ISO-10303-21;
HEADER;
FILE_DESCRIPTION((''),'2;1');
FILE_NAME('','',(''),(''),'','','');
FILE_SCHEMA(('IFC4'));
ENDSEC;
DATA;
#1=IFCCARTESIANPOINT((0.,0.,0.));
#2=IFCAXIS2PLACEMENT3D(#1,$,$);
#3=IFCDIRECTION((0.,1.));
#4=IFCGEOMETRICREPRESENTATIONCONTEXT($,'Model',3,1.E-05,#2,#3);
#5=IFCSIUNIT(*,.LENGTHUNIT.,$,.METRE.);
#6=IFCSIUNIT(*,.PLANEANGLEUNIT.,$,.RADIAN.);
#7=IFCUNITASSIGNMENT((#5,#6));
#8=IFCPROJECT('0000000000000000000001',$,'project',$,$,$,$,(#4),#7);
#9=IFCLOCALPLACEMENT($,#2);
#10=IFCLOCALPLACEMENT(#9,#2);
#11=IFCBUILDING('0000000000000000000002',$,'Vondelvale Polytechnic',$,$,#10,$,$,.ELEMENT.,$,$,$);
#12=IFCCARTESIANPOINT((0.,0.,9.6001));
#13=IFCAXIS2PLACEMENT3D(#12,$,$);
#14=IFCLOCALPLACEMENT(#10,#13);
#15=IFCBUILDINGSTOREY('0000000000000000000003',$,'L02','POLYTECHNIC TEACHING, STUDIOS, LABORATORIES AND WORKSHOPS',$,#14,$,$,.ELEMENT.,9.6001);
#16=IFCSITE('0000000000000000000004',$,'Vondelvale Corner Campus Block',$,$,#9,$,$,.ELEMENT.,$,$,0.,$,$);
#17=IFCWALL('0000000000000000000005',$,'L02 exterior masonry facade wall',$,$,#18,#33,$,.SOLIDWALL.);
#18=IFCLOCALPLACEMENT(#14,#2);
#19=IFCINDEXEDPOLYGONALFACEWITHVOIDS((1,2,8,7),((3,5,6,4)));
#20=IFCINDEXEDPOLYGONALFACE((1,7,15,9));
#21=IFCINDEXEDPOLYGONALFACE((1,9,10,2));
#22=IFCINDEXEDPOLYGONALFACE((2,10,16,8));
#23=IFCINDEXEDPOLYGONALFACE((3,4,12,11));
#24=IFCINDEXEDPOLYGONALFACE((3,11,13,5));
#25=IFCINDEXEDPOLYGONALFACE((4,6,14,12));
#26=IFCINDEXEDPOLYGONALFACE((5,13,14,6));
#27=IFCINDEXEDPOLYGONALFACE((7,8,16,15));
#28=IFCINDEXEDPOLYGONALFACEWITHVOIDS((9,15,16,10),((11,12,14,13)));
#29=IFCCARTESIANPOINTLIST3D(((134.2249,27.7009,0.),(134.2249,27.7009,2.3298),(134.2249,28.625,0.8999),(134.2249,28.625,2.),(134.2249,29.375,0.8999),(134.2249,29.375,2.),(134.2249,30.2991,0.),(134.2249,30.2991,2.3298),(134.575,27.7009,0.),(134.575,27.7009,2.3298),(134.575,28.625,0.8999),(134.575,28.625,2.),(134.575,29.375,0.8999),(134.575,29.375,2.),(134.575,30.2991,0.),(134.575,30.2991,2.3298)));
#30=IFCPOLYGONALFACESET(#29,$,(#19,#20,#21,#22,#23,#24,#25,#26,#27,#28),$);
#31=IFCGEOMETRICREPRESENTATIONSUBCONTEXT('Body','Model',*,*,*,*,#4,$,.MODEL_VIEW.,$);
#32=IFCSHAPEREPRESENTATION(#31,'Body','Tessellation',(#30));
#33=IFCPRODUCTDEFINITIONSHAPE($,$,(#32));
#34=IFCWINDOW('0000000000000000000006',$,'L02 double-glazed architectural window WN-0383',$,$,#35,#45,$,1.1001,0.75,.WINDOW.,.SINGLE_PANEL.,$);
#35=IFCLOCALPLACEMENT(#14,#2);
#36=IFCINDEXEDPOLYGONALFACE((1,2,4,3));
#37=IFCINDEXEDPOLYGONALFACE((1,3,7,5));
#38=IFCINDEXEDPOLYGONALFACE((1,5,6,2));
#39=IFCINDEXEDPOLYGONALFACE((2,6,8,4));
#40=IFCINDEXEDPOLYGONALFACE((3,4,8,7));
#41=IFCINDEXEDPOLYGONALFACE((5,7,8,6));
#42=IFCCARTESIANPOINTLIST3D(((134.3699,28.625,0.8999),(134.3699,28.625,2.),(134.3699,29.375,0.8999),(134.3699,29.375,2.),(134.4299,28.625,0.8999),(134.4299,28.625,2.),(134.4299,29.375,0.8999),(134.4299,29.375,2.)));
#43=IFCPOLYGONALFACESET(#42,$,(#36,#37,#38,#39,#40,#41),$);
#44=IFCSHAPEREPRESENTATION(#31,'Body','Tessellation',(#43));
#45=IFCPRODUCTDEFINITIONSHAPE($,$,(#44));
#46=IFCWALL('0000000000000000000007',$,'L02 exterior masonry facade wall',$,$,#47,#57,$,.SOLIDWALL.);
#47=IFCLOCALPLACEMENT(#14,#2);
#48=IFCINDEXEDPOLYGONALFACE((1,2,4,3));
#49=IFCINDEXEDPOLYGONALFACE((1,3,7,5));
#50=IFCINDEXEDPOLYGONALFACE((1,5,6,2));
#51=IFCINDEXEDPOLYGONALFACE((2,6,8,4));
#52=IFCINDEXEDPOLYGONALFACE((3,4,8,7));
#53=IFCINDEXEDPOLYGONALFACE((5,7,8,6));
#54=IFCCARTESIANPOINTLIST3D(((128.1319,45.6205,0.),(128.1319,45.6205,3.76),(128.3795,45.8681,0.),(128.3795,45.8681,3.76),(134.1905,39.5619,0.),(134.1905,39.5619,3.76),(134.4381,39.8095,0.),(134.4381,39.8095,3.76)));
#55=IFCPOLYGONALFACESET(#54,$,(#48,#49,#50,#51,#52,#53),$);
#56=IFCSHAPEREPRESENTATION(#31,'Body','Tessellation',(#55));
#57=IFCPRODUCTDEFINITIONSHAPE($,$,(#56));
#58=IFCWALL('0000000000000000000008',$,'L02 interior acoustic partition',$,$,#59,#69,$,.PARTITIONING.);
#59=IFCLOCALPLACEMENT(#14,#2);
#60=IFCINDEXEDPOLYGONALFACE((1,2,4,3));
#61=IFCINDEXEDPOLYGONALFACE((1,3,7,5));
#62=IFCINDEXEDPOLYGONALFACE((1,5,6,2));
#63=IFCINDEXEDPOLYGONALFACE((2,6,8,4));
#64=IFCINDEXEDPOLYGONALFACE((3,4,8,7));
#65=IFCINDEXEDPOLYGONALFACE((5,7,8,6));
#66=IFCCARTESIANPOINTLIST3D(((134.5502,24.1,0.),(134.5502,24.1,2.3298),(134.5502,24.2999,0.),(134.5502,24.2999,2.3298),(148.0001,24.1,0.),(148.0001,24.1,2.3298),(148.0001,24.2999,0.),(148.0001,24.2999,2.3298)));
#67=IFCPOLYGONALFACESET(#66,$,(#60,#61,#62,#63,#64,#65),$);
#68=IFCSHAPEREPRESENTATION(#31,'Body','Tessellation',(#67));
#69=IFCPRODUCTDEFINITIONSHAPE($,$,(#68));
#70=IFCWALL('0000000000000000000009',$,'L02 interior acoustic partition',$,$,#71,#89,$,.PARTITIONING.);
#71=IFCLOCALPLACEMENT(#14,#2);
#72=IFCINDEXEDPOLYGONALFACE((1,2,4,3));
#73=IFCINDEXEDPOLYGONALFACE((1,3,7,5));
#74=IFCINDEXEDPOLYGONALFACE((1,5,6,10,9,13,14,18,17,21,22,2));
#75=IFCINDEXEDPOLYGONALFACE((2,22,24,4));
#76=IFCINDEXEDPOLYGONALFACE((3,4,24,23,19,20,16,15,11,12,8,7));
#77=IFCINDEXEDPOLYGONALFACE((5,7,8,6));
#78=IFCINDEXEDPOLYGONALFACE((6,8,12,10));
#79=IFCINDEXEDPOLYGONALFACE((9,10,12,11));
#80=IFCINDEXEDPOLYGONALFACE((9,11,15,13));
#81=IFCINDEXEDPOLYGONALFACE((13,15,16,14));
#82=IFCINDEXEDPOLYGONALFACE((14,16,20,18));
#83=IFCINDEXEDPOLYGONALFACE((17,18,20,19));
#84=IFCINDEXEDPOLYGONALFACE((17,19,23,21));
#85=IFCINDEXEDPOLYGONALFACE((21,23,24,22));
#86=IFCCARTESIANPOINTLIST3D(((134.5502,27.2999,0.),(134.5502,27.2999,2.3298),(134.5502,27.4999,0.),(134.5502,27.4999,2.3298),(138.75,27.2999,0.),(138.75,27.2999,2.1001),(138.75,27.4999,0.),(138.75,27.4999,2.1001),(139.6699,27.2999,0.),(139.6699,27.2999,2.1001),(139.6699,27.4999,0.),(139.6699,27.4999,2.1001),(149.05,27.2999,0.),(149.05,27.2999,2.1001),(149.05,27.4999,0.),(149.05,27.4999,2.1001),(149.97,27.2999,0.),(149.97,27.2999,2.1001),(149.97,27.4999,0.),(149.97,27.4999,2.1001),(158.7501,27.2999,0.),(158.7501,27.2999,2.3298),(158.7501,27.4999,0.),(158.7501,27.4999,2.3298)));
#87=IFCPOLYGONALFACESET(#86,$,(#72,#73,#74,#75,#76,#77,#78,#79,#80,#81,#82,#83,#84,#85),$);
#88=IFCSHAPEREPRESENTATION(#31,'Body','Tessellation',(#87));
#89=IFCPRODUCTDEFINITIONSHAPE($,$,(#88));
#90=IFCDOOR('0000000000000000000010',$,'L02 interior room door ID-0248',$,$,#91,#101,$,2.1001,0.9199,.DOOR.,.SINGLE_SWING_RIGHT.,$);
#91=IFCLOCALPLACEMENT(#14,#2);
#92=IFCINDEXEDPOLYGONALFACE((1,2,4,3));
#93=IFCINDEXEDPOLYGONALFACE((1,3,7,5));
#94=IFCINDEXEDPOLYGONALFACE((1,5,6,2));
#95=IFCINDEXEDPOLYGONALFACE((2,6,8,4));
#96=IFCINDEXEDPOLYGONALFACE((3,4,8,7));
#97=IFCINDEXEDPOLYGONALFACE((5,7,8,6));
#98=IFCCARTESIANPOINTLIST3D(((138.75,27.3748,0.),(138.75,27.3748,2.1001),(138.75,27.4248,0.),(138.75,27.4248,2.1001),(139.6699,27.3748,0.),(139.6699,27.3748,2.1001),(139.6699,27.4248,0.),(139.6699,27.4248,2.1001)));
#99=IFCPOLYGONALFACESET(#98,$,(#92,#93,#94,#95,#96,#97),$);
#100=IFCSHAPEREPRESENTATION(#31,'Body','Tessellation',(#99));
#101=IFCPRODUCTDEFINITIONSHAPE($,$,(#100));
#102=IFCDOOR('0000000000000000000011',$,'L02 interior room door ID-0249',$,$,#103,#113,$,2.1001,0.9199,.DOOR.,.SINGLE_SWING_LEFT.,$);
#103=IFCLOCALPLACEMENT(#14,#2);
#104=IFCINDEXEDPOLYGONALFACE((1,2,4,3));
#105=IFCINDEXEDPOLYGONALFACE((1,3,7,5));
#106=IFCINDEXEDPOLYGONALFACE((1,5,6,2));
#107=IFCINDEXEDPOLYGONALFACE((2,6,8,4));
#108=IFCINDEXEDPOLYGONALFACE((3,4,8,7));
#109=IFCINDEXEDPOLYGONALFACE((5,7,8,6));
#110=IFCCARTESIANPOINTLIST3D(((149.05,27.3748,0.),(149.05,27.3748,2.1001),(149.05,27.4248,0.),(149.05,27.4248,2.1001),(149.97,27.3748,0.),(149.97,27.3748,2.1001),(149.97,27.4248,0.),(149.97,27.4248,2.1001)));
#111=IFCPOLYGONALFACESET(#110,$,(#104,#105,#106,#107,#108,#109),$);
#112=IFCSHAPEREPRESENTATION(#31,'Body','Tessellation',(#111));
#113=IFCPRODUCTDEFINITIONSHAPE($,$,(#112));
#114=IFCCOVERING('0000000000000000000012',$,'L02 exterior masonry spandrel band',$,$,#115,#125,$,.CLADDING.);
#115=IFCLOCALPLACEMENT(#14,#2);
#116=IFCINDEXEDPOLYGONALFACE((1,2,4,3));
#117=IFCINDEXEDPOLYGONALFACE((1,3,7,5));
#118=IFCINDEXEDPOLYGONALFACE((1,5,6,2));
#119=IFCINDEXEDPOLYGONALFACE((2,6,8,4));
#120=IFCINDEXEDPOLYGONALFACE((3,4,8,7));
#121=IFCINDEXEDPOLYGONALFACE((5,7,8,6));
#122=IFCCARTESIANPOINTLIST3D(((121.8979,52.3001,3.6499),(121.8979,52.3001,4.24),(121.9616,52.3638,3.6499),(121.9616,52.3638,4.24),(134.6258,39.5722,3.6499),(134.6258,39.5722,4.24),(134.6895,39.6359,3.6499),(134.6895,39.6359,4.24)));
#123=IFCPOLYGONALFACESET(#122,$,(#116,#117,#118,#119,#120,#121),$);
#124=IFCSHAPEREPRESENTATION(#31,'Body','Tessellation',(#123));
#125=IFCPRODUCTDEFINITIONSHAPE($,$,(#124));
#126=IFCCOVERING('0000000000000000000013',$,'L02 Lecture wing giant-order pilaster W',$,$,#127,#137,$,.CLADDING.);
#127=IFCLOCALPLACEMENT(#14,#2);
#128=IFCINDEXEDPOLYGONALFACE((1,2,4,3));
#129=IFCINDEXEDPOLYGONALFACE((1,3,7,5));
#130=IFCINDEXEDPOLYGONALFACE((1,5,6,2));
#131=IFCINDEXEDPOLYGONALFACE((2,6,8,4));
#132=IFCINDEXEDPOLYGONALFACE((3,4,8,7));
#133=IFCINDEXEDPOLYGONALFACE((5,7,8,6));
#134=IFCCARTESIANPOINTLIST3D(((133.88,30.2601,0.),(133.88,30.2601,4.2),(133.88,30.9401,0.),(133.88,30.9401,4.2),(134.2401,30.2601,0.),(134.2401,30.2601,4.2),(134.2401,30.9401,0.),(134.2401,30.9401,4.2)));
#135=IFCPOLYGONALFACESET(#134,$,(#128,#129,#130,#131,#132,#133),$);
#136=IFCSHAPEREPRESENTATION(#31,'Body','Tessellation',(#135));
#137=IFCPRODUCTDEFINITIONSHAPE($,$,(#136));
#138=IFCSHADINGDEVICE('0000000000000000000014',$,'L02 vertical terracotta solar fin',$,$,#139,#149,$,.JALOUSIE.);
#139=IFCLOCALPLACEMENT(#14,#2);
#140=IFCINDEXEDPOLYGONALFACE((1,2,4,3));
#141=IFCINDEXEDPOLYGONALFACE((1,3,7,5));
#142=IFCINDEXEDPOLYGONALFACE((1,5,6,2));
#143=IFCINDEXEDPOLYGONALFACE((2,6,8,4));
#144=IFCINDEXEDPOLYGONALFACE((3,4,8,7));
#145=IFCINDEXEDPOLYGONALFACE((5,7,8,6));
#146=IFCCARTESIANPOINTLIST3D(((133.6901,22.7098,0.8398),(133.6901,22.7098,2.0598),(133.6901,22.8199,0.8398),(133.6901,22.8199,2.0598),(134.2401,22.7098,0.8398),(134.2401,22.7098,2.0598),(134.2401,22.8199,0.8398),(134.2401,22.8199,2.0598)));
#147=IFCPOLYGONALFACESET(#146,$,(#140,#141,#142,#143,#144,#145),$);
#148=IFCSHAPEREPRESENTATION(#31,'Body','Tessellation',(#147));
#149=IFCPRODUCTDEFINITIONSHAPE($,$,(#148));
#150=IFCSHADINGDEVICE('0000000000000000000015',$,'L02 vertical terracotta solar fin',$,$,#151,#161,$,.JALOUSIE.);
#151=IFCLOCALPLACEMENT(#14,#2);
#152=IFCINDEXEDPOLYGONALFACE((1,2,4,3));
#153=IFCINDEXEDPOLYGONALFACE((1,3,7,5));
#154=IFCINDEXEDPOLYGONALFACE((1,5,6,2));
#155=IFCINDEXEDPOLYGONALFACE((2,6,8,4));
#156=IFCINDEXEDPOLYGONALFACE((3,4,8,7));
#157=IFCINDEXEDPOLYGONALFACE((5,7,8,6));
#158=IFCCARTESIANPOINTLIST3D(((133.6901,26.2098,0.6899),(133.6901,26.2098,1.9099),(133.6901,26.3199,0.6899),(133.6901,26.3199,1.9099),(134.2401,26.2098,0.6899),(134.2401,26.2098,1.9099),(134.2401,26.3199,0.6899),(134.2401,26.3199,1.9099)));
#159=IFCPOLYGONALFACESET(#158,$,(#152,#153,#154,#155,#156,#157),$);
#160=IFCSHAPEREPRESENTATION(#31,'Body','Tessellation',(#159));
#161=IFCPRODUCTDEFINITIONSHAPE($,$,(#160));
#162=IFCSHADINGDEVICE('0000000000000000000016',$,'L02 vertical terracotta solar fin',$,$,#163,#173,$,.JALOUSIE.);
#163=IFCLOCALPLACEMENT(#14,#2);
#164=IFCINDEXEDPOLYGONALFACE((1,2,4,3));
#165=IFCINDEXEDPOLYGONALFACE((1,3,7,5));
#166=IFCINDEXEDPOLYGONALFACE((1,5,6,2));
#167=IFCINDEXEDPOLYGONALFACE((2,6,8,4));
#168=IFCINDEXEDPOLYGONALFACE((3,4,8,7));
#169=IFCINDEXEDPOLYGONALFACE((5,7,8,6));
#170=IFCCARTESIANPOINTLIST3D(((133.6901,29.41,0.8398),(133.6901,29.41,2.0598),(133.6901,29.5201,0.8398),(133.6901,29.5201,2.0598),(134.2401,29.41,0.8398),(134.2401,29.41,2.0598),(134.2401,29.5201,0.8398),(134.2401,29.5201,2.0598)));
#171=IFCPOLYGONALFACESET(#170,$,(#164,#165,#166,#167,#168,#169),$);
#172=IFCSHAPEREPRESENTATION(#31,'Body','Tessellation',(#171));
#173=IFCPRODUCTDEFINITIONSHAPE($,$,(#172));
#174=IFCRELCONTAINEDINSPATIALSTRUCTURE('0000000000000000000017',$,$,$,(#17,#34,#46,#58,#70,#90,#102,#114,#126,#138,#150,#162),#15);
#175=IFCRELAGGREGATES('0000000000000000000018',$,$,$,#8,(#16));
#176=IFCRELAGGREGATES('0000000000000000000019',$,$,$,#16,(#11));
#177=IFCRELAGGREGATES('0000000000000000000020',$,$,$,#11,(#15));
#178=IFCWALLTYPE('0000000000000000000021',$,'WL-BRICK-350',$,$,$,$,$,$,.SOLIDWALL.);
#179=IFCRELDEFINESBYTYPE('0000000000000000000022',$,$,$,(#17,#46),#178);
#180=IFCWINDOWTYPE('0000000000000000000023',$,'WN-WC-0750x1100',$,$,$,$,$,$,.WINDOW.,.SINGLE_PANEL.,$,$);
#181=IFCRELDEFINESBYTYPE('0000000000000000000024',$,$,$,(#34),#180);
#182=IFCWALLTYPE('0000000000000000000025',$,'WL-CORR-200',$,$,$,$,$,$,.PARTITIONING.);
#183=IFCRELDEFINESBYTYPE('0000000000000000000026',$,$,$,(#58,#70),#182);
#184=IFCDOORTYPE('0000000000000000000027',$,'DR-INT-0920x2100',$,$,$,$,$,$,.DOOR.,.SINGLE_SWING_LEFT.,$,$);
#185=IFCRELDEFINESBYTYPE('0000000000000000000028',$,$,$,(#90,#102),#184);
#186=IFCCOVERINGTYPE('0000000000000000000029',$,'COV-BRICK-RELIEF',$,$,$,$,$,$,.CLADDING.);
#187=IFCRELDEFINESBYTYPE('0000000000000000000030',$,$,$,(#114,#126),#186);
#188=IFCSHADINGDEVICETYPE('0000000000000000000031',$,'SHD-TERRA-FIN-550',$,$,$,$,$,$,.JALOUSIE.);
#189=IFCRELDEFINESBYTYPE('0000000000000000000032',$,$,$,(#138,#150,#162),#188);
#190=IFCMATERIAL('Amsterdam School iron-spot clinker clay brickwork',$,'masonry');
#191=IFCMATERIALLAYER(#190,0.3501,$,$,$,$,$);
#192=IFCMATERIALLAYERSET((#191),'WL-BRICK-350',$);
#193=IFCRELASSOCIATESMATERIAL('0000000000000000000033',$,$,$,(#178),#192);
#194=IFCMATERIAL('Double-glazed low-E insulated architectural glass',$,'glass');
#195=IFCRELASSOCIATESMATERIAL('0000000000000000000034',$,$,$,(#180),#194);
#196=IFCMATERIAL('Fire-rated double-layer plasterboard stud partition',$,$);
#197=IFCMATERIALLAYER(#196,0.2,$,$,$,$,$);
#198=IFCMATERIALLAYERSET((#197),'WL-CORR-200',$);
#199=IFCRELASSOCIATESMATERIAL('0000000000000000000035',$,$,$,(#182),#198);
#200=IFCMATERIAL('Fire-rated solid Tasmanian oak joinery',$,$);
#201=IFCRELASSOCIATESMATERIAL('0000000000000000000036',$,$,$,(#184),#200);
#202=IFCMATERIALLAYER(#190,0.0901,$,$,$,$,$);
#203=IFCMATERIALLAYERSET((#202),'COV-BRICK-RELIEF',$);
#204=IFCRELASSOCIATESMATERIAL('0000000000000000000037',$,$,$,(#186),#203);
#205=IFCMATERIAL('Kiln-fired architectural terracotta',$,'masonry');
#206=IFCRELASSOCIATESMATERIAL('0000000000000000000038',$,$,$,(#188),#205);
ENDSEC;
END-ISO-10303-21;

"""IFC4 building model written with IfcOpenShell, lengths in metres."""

from ifc_helpers import new_model, si_unit, direction, frame, frame_2d, origin, origin_2d, place, context, subcontext, project, spatial, rectangle, extrude, material, layer, layer_set, type_object, element, fill, save


model = new_model("IFC4")

# Units and contexts
model_context = context("Model", 3, precision=1e-05, world=origin(), true_north=direction((0.0, 1.0)))
body_context = subcontext(model_context, "Body", "Model", "MODEL_VIEW")
ifc_project = project(units=[si_unit("LENGTHUNIT", "METRE"), si_unit("PLANEANGLEUNIT", "RADIAN")], contexts=[model_context])

# Site, building, storey
site_placement = place(None, origin())
site = spatial("IfcSite", under=ifc_project, at=site_placement, Name="Vondelvale Corner Campus Block", CompositionType="ELEMENT", RefElevation=0.0)
building_placement = place(site_placement, origin())
building = spatial("IfcBuilding", under=site, at=building_placement, Name="Vondelvale Polytechnic", CompositionType="ELEMENT")
storey_placement = place(building_placement, frame((0.0, 0.0, 9.6001)))
storey = spatial("IfcBuildingStorey", under=building, at=storey_placement, Name="L02", Description="POLYTECHNIC TEACHING, STUDIOS, LABORATORIES AND WORKSHOPS", CompositionType="ELEMENT", Elevation=9.6001)

# Wall, opening, window
ifc_material_1 = material(Name="Amsterdam School iron-spot clinker clay brickwork", Category="masonry")
ifc_layer_1 = layer(ifc_material_1, 0.3501)
ifc_layer_set_1 = layer_set([ifc_layer_1], Name="WL-BRICK-350")
wall_type_1 = type_object("IfcWallType", Name="WL-BRICK-350", PredefinedType="SOLIDWALL", material=ifc_layer_set_1)
ifc_material_2 = material(Name="Double-glazed low-E insulated architectural glass", Category="glass")
window_type = type_object("IfcWindowType", Name="WN-WC-0750x1100", PartitioningType="SINGLE_PANEL", PredefinedType="WINDOW", material=ifc_material_2)
wall_1_placement = place(storey_placement, frame((134.3999, 27.7009, 0.0), z_axis=(0.0, 0.0, 1.0), x_axis=(0.0, 1.0, 0.0)))
wall_1 = element("IfcWall", 1, at=wall_1_placement, inside=storey, type_object=wall_type_1, Name="L02 exterior masonry facade wall", PredefinedType="SOLIDWALL", context=body_context, shape_type="SweptSolid", body=[
    extrude(rectangle(XDim=2.5981, YDim=0.3501, at=frame_2d((1.2991, 0.0))), origin(), (0.0, 0.0, 1.0), 2.3298),
])
opening_1_placement = place(wall_1_placement, frame((0.9241, 0.0, 0.8999)))
opening_1 = element("IfcOpeningElement", 2, at=opening_1_placement, cuts=wall_1, PredefinedType="OPENING", context=body_context, shape_type="SweptSolid", body=[
    extrude(rectangle(XDim=0.75, YDim=1.1001, at=frame_2d((0.375, 0.55))), frame((0.0, 0.1851, 0.0), z_axis=(0.0, -1.0, 0.0), x_axis=(1.0, 0.0, 0.0)), (0.0, 0.0, 1.0), 0.3701),
])
window_1_placement = place(opening_1_placement, origin())
window_1 = element("IfcWindow", 3, at=window_1_placement, inside=storey, type_object=window_type, Name="L02 double-glazed architectural window WN-0383", OverallHeight=1.1001, OverallWidth=0.75, PartitioningType="SINGLE_PANEL", PredefinedType="WINDOW", context=body_context, shape_type="SweptSolid", body=[
    extrude(rectangle(XDim=0.75, YDim=1.1001, at=frame_2d((0.375, 0.55))), frame((0.0, 0.03, 0.0), z_axis=(0.0, -1.0, 0.0), x_axis=(1.0, 0.0, 0.0)), (0.0, 0.0, 1.0), 0.0601),
])
fill(opening_1, window_1)

# Walls
wall_2_placement = place(storey_placement, frame((128.2556, 45.7444, 0.0), z_axis=(0.0, 0.0, 1.0), x_axis=(0.707107, -0.707107, 0.0)))
element("IfcWall", 4, at=wall_2_placement, inside=storey, type_object=wall_type_1, Name="L02 exterior masonry facade wall", PredefinedType="SOLIDWALL", context=body_context, shape_type="SweptSolid", body=[
    extrude(rectangle(XDim=8.5681, YDim=0.3501, at=frame_2d((4.2842, 0.0))), origin(), (0.0, 0.0, 1.0), 3.76),
])
ifc_material_3 = material(Name="Fire-rated double-layer plasterboard stud partition")
ifc_layer_2 = layer(ifc_material_3, 0.2)
ifc_layer_set_2 = layer_set([ifc_layer_2], Name="WL-CORR-200")
wall_type_2 = type_object("IfcWallType", Name="WL-CORR-200", PredefinedType="PARTITIONING", material=ifc_layer_set_2)
wall_3_placement = place(storey_placement, frame((134.55, 24.2, 0.0), z_axis=(0.0, 0.0, 1.0), x_axis=(1.0, 0.0, 0.0)))
element("IfcWall", 5, at=wall_3_placement, inside=storey, type_object=wall_type_2, Name="L02 interior acoustic partition", PredefinedType="PARTITIONING", context=body_context, shape_type="SweptSolid", body=[
    extrude(rectangle(XDim=13.45, YDim=0.2, at=frame_2d((6.7251, 0.0))), origin(), (0.0, 0.0, 1.0), 2.3298),
])

# Wall, openings, doors
wall_4_placement = place(storey_placement, frame((134.55, 27.3999, 0.0), z_axis=(0.0, 0.0, 1.0), x_axis=(1.0, 0.0, 0.0)))
wall_4 = element("IfcWall", 6, at=wall_4_placement, inside=storey, type_object=wall_type_2, Name="L02 interior acoustic partition", PredefinedType="PARTITIONING", context=body_context, shape_type="SweptSolid", body=[
    extrude(rectangle(XDim=24.2, YDim=0.2, at=frame_2d((12.1001, 0.0))), origin(), (0.0, 0.0, 1.0), 2.3298),
])
opening_2_placement = place(wall_4_placement, frame((4.2, 0.0, 0.0)))
opening_2 = element("IfcOpeningElement", 7, at=opening_2_placement, cuts=wall_4, PredefinedType="OPENING", context=body_context, shape_type="SweptSolid", body=[
    extrude(rectangle(XDim=0.9199, YDim=2.1001, at=frame_2d((0.46, 1.05))), frame((0.0, 0.1099, 0.0), z_axis=(0.0, -1.0, 0.0), x_axis=(1.0, 0.0, 0.0)), (0.0, 0.0, 1.0), 0.22),
])
opening_3_placement = place(wall_4_placement, frame((14.5, 0.0, 0.0)))
opening_3 = element("IfcOpeningElement", 8, at=opening_3_placement, cuts=wall_4, PredefinedType="OPENING", context=body_context, shape_type="SweptSolid", body=[
    extrude(rectangle(XDim=0.9199, YDim=2.1001, at=frame_2d((0.46, 1.05))), frame((0.0, 0.1099, 0.0), z_axis=(0.0, -1.0, 0.0), x_axis=(1.0, 0.0, 0.0)), (0.0, 0.0, 1.0), 0.22),
])
ifc_material_4 = material(Name="Fire-rated solid Tasmanian oak joinery")
door_type = type_object("IfcDoorType", Name="DR-INT-0920x2100", OperationType="SINGLE_SWING_LEFT", PredefinedType="DOOR", material=ifc_material_4)
door_1_placement = place(opening_2_placement, origin())
door_1 = element("IfcDoor", 9, at=door_1_placement, inside=storey, type_object=door_type, Name="L02 interior room door ID-0248", OperationType="SINGLE_SWING_RIGHT", OverallHeight=2.1001, OverallWidth=0.9199, PredefinedType="DOOR", context=body_context, shape_type="SweptSolid", body=[
    extrude(rectangle(XDim=0.9199, YDim=2.1001, at=frame_2d((0.46, 1.05))), frame((0.0, 0.0249, 0.0), z_axis=(0.0, -1.0, 0.0), x_axis=(1.0, 0.0, 0.0)), (0.0, 0.0, 1.0), 0.05),
])
fill(opening_2, door_1)
door_2_placement = place(opening_3_placement, origin())
door_2 = element("IfcDoor", 10, at=door_2_placement, inside=storey, type_object=door_type, Name="L02 interior room door ID-0249", OperationType="SINGLE_SWING_LEFT", OverallHeight=2.1001, OverallWidth=0.9199, PredefinedType="DOOR", context=body_context, shape_type="SweptSolid", body=[
    extrude(rectangle(XDim=0.9199, YDim=2.1001, at=frame_2d((0.46, 1.05))), frame((0.0, 0.0249, 0.0), z_axis=(0.0, -1.0, 0.0), x_axis=(1.0, 0.0, 0.0)), (0.0, 0.0, 1.0), 0.05),
])
fill(opening_3, door_2)

# Coverings
ifc_layer_3 = layer(ifc_material_1, 0.0901)
ifc_layer_set_3 = layer_set([ifc_layer_3], Name="COV-BRICK-RELIEF")
covering_type = type_object("IfcCoveringType", Name="COV-BRICK-RELIEF", PredefinedType="CLADDING", material=ifc_layer_set_3)
covering_1_placement = place(storey_placement, frame((128.2937, 45.968, 3.6499), z_axis=(0.0, 0.0, 1.0), x_axis=(0.707107, -0.707107, 0.0)))
element("IfcCovering", 11, at=covering_1_placement, inside=storey, type_object=covering_type, Name="L02 exterior masonry spandrel band", PredefinedType="CLADDING", context=body_context, shape_type="SweptSolid", body=[
    extrude(rectangle(XDim=18.0, YDim=0.0901, at=origin_2d()), origin(), (0.0, 0.0, 1.0), 0.5901),
])
covering_2_placement = place(storey_placement, frame((134.0601, 30.6001, 0.0), z_axis=(0.0, 0.0, 1.0), x_axis=(1.0, 0.0, 0.0)))
element("IfcCovering", 12, at=covering_2_placement, inside=storey, type_object=covering_type, Name="L02 Lecture wing giant-order pilaster W", PredefinedType="CLADDING", context=body_context, shape_type="SweptSolid", body=[
    extrude(rectangle(XDim=0.3601, YDim=0.6799, at=origin_2d()), origin(), (0.0, 0.0, 1.0), 4.2),
])

# Shading devices
ifc_material_5 = material(Name="Kiln-fired architectural terracotta", Category="masonry")
shading_device_type = type_object("IfcShadingDeviceType", Name="SHD-TERRA-FIN-550", PredefinedType="JALOUSIE", material=ifc_material_5)
for number, where, z_axis, x_axis, name in (
    (13, (133.9651, 22.7649, 0.8398), (0.0, 0.0, 1.0), (0.0, 1.0, 0.0), "L02 vertical terracotta solar fin"),
    (14, (133.9651, 26.2649, 0.6899), (0.0, 0.0, 1.0), (0.0, 1.0, 0.0), "L02 vertical terracotta solar fin"),
    (15, (133.9651, 29.4651, 0.8398), (0.0, 0.0, 1.0), (0.0, 1.0, 0.0), "L02 vertical terracotta solar fin"),
):
    element("IfcShadingDevice", number, at=place(storey_placement, frame(where, z_axis=z_axis, x_axis=x_axis)), inside=storey, type_object=shading_device_type, Name=name, PredefinedType="JALOUSIE", context=body_context, shape_type="SweptSolid", body=[
        extrude(rectangle(XDim=0.1101, YDim=0.55, at=origin_2d()), origin(), (0.0, 0.0, 1.0), 1.22),
    ])

save(model, "model.ifc")
